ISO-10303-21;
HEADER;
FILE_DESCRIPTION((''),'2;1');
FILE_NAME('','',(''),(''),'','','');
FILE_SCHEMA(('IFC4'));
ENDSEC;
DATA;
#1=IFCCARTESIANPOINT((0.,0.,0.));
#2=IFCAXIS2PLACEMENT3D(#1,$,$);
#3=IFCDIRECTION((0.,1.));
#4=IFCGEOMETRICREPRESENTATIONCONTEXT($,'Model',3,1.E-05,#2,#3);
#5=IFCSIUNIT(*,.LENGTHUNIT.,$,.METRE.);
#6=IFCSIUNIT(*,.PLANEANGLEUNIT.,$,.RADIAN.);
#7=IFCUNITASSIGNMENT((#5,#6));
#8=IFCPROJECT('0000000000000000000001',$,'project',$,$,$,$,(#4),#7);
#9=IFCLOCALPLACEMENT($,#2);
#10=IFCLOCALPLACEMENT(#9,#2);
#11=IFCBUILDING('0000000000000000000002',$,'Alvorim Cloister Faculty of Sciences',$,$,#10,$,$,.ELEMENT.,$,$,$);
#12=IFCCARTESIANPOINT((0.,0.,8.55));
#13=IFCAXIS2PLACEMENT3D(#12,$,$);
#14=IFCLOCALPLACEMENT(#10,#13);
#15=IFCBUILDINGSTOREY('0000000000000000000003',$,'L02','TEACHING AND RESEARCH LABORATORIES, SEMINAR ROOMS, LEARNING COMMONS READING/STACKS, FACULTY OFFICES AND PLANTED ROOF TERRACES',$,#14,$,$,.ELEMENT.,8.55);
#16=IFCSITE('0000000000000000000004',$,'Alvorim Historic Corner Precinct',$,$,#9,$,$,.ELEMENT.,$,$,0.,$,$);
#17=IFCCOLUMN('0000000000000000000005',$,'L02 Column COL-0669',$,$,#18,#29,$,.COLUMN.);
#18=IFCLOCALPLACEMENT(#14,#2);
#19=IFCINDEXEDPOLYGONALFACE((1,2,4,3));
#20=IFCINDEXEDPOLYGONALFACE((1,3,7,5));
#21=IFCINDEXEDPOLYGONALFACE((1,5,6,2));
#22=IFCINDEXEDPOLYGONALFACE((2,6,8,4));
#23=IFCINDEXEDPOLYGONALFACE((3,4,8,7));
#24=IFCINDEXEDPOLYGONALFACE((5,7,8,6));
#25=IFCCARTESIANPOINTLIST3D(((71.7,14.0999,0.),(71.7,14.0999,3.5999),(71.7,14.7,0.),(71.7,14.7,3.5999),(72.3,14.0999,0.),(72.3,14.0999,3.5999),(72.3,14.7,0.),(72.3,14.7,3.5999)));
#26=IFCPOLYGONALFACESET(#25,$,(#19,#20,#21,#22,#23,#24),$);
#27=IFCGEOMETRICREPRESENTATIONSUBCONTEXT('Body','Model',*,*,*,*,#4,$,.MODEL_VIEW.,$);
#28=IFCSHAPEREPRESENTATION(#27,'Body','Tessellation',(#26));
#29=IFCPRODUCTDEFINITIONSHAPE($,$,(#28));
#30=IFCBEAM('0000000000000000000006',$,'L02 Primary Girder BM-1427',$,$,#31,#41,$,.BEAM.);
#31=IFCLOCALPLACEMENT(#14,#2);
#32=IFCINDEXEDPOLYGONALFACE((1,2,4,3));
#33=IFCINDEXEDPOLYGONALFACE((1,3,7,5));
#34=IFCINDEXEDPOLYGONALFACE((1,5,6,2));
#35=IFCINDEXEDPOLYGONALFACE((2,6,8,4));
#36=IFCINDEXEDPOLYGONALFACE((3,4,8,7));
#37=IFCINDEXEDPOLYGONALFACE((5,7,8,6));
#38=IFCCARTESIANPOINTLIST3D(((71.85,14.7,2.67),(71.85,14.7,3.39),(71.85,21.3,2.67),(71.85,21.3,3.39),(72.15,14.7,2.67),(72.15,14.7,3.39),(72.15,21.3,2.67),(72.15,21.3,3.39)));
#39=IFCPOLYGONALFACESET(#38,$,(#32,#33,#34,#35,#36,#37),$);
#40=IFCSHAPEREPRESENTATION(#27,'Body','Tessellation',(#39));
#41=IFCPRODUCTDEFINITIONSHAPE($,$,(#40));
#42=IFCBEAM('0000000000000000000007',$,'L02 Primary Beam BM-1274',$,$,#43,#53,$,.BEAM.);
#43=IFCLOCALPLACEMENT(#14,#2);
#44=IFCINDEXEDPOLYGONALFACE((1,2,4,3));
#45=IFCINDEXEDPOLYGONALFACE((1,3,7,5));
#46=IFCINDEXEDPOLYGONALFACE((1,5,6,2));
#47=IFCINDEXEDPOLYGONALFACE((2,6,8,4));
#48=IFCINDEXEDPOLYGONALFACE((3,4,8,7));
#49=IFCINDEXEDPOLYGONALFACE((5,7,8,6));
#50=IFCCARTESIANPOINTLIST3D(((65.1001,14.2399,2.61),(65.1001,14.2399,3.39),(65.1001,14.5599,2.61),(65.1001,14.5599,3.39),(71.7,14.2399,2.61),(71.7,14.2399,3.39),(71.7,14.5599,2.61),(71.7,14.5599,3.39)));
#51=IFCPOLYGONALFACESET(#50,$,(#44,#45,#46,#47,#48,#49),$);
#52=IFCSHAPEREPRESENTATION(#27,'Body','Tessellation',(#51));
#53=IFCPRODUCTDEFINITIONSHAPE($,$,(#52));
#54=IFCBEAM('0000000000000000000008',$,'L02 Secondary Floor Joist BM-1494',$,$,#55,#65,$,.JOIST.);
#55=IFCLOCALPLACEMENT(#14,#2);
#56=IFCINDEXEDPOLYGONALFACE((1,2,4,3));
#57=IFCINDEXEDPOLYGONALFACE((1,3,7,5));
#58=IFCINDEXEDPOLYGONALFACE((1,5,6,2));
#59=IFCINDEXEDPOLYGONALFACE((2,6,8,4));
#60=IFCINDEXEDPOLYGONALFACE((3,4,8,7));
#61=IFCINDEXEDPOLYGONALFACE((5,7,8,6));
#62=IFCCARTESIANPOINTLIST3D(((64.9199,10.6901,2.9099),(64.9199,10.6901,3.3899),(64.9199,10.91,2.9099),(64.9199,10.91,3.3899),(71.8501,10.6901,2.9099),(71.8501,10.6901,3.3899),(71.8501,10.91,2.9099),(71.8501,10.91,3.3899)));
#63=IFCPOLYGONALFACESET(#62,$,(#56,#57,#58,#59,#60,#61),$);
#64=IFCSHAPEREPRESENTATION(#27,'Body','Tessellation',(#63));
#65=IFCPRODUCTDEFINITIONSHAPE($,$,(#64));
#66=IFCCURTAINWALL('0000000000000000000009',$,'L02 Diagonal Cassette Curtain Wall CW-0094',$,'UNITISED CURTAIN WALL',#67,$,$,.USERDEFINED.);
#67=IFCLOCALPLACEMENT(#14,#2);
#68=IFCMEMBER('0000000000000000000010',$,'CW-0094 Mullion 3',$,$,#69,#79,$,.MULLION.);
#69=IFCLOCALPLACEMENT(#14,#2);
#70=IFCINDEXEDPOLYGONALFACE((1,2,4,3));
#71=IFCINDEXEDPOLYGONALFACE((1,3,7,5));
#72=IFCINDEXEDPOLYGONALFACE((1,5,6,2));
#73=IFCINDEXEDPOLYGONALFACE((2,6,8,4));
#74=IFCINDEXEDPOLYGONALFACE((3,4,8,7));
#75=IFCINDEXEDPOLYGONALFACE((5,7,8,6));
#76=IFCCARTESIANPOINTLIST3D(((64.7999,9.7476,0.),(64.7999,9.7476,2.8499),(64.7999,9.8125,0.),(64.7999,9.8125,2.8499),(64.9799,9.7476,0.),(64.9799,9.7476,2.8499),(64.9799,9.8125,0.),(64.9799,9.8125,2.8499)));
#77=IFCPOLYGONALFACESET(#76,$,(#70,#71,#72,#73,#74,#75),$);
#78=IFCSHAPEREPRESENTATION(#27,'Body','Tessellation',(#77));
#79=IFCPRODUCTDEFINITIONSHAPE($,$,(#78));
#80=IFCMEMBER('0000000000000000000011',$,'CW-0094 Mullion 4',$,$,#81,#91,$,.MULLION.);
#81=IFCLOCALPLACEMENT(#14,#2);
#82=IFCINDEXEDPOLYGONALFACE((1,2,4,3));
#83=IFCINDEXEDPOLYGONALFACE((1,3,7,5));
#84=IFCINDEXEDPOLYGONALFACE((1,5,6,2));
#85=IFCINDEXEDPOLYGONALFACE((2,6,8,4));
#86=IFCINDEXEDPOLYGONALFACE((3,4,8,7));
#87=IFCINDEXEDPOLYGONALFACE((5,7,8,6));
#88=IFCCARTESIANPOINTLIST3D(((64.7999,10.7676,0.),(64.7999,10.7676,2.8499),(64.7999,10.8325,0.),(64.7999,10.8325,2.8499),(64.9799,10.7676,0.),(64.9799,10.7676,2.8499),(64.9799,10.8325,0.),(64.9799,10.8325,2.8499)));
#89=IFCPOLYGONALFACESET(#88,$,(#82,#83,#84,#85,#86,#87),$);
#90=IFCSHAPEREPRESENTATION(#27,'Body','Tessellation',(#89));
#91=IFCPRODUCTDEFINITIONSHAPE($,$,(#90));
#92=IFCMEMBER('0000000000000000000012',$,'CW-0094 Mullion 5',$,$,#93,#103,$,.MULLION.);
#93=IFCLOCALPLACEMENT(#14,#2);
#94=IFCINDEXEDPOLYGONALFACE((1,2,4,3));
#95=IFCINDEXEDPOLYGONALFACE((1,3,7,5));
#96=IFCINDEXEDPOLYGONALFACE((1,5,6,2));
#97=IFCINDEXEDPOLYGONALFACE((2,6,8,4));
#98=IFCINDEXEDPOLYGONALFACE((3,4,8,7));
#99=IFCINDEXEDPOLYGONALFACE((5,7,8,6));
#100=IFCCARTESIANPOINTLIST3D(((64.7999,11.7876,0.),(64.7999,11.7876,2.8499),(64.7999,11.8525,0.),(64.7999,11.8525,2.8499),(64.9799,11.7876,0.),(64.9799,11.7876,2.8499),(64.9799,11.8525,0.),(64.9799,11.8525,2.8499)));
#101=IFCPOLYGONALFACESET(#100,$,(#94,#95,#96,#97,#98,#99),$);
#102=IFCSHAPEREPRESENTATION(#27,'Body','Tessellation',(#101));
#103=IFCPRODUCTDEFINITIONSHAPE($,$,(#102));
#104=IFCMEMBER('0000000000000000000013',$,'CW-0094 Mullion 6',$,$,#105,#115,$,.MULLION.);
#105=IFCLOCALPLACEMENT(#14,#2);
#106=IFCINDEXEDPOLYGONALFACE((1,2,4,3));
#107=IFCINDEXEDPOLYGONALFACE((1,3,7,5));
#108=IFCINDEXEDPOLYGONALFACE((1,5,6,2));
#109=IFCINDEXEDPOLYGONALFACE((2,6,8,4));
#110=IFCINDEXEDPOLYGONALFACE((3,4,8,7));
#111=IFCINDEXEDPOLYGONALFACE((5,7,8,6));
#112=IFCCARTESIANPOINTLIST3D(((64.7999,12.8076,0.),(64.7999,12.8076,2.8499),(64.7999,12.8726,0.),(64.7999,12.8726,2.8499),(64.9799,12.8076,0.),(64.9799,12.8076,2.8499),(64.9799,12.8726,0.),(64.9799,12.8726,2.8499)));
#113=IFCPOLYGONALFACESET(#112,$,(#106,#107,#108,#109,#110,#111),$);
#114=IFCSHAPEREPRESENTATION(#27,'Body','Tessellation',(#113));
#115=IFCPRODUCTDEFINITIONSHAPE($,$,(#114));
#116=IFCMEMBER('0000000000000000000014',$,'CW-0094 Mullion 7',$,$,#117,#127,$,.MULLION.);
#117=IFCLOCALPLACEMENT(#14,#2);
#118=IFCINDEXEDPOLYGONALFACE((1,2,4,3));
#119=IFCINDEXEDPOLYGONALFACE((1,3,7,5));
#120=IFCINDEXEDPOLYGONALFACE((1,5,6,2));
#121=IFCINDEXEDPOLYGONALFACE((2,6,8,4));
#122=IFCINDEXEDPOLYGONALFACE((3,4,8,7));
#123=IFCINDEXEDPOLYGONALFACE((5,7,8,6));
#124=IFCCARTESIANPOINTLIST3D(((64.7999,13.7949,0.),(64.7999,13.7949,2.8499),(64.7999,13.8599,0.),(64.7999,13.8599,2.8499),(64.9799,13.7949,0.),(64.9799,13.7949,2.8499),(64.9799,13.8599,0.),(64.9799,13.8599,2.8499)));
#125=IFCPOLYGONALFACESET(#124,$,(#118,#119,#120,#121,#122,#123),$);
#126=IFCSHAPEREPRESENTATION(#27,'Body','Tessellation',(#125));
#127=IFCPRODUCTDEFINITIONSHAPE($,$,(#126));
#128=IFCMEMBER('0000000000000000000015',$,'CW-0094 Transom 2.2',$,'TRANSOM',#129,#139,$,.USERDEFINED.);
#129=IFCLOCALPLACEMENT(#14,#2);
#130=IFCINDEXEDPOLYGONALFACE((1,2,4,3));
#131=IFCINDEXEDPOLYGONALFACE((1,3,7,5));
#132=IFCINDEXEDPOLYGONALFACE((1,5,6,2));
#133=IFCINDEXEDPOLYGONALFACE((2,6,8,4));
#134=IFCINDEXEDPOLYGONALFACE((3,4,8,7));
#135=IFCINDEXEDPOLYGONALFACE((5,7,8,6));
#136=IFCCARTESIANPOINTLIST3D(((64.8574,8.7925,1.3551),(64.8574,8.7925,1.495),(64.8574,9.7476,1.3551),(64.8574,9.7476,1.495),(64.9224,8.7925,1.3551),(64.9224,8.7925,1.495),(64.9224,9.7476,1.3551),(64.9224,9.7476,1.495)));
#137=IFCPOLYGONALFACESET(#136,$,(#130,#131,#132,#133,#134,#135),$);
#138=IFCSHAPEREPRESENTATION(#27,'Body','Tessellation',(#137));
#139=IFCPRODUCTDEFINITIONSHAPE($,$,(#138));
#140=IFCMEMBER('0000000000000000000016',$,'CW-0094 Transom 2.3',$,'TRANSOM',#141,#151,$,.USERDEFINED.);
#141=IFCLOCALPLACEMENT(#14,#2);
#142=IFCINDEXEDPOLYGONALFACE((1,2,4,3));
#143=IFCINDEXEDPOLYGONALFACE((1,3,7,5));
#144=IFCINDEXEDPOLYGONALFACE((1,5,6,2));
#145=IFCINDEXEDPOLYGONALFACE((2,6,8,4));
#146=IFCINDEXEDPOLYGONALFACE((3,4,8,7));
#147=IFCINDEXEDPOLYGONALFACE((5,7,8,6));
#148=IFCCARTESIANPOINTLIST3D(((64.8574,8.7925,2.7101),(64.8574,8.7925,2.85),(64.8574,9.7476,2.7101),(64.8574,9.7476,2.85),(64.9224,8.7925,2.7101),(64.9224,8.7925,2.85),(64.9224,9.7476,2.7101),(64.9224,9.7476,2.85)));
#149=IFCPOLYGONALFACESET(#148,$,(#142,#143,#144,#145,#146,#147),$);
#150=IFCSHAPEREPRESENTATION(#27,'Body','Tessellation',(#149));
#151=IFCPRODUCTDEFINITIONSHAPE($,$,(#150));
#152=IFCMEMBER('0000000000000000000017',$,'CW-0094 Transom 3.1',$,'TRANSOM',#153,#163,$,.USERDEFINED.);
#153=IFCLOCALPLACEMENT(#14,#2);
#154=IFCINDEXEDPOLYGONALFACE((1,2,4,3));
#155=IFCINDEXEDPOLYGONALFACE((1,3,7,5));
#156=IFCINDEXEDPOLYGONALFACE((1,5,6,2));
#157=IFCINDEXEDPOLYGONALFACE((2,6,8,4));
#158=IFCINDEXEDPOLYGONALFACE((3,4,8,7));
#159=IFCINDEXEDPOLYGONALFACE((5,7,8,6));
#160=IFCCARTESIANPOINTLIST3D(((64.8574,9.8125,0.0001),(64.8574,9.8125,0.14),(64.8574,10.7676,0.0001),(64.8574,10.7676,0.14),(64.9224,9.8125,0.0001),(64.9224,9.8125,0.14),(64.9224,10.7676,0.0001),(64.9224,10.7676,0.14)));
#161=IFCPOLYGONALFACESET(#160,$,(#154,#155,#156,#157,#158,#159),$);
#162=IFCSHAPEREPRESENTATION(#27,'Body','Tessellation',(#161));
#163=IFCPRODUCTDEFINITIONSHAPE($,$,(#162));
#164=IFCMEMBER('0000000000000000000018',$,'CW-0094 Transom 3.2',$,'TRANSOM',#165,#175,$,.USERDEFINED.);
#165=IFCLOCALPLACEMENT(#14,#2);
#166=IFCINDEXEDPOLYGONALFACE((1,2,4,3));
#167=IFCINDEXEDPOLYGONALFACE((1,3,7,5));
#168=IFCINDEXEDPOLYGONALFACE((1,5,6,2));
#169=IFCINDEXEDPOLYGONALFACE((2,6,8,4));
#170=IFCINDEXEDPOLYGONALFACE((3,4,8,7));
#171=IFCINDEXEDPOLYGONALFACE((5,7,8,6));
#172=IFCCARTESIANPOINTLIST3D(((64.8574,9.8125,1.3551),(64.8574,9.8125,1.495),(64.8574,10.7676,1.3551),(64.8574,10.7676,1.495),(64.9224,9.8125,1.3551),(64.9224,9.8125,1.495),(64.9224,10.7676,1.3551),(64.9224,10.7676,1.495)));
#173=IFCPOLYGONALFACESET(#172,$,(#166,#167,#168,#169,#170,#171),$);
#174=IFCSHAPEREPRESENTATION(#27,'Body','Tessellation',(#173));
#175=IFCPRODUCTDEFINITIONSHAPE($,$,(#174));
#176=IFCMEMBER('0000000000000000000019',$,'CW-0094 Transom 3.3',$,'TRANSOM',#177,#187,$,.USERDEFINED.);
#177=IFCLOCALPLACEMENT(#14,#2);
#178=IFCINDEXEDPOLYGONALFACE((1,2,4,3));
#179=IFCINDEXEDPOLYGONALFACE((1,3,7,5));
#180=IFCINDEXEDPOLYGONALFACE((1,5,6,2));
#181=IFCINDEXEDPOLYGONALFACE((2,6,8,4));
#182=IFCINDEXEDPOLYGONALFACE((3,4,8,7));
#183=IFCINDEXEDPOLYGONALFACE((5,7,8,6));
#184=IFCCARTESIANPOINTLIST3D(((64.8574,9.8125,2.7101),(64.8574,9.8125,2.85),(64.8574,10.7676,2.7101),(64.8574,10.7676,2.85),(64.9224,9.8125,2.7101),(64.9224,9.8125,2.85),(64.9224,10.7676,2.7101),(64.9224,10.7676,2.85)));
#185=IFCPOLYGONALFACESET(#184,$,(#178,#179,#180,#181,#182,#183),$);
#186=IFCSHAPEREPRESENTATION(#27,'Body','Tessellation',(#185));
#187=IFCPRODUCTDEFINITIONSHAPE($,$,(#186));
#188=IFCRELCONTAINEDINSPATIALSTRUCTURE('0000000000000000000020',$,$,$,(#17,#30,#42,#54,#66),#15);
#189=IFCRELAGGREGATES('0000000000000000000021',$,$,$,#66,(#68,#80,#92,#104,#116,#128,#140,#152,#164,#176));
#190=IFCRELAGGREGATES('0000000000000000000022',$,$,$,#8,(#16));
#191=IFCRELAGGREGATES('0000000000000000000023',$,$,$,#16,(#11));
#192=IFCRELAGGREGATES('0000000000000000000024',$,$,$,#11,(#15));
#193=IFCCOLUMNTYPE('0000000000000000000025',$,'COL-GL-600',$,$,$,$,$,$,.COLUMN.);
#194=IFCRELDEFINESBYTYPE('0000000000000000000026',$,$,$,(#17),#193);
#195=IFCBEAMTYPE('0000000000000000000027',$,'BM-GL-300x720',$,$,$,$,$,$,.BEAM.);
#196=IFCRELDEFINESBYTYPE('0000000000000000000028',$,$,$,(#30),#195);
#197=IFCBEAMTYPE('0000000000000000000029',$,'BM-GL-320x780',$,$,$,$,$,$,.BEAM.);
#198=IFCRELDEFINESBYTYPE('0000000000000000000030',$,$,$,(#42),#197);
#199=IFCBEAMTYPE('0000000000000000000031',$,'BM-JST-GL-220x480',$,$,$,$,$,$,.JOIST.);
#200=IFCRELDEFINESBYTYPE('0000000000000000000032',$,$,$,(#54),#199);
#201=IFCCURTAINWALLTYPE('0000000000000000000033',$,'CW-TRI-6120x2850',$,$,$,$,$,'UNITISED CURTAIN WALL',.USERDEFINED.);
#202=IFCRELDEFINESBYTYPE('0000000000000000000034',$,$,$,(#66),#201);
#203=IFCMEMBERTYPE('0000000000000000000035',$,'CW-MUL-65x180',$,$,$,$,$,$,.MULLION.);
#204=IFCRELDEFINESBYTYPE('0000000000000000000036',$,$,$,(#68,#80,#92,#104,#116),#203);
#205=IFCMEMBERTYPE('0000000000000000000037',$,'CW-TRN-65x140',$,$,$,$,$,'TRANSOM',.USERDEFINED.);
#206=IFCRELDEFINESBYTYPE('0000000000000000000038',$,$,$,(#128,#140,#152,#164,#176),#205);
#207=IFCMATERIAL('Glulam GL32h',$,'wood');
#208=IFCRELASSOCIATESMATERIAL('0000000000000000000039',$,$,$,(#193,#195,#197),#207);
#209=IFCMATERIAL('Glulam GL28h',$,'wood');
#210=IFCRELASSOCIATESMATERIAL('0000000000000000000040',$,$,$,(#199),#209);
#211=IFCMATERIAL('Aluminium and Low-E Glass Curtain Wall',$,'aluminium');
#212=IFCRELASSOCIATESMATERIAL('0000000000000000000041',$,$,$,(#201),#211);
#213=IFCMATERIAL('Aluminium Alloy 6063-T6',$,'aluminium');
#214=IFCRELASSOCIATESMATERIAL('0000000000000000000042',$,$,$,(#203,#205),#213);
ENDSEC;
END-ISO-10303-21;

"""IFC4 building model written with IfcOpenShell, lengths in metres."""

from ifc_helpers import new_model, si_unit, direction, frame, origin, origin_2d, place, context, subcontext, project, spatial, rectangle, extrude, material, material_profile, profile_set, type_object, element, aggregate, save


model = new_model("IFC4")

# Units and contexts
model_context = context("Model", 3, precision=1e-05, world=origin(), true_north=direction((0.0, 1.0)))
body_context = subcontext(model_context, "Body", "Model", "MODEL_VIEW")
ifc_project = project(units=[si_unit("LENGTHUNIT", "METRE"), si_unit("PLANEANGLEUNIT", "RADIAN")], contexts=[model_context])

# Site, building, storey
site_placement = place(None, origin())
site = spatial("IfcSite", under=ifc_project, at=site_placement, Name="Alvorim Historic Corner Precinct", CompositionType="ELEMENT", RefElevation=0.0)
building_placement = place(site_placement, origin())
building = spatial("IfcBuilding", under=site, at=building_placement, Name="Alvorim Cloister Faculty of Sciences", CompositionType="ELEMENT")
storey_placement = place(building_placement, frame((0.0, 0.0, 8.55)))
storey = spatial("IfcBuildingStorey", under=building, at=storey_placement, Name="L02", Description="TEACHING AND RESEARCH LABORATORIES, SEMINAR ROOMS, LEARNING COMMONS READING/STACKS, FACULTY OFFICES AND PLANTED ROOF TERRACES", CompositionType="ELEMENT", Elevation=8.55)

# Column
ifc_material_1 = material(Name="Glulam GL32h", Category="wood")
ifc_material_profile_1 = material_profile(ifc_material_1, rectangle(XDim=0.6001, YDim=0.6001, at=origin_2d()), Name="GL32-COL-600x600")
ifc_profile_set_1 = profile_set([ifc_material_profile_1], Name="Glulam GL32h")
column_type = type_object("IfcColumnType", Name="COL-GL-600", PredefinedType="COLUMN", material=ifc_profile_set_1)
column_placement = place(storey_placement, frame((72.0, 14.3999, 0.0), z_axis=(0.0, 0.0, 1.0), x_axis=(1.0, 0.0, 0.0)))
element("IfcColumn", 1, at=column_placement, inside=storey, type_object=column_type, Name="L02 Column COL-0669", PredefinedType="COLUMN", context=body_context, shape_type="SweptSolid", body=[
    extrude(rectangle(XDim=0.6001, YDim=0.6001, at=origin_2d()), origin(), (0.0, 0.0, 1.0), 3.5999),
])

# Beams
ifc_material_profile_2 = material_profile(ifc_material_1, rectangle(XDim=0.3, YDim=0.72, at=origin_2d()), Name="GL32-BM-300x720")
ifc_profile_set_2 = profile_set([ifc_material_profile_2], Name="Glulam GL32h")
beam_type_1 = type_object("IfcBeamType", Name="BM-GL-300x720", PredefinedType="BEAM", material=ifc_profile_set_2)
beam_1_placement = place(storey_placement, frame((72.0, 14.7, 3.03), z_axis=(0.0, 1.0, 0.0), x_axis=(-1.0, 0.0, 0.0)))
element("IfcBeam", 2, at=beam_1_placement, inside=storey, type_object=beam_type_1, Name="L02 Primary Girder BM-1427", PredefinedType="BEAM", context=body_context, shape_type="SweptSolid", body=[
    extrude(rectangle(XDim=0.3, YDim=0.72, at=origin_2d()), origin(), (0.0, 0.0, 1.0), 6.6001),
])
ifc_material_profile_3 = material_profile(ifc_material_1, rectangle(XDim=0.3201, YDim=0.78, at=origin_2d()), Name="GL32-BM-320x780")
ifc_profile_set_3 = profile_set([ifc_material_profile_3], Name="Glulam GL32h")
beam_type_2 = type_object("IfcBeamType", Name="BM-GL-320x780", PredefinedType="BEAM", material=ifc_profile_set_3)
beam_2_placement = place(storey_placement, frame((65.1001, 14.3999, 3.0), z_axis=(1.0, 0.0, 0.0), x_axis=(0.0, 1.0, 0.0)))
element("IfcBeam", 3, at=beam_2_placement, inside=storey, type_object=beam_type_2, Name="L02 Primary Beam BM-1274", PredefinedType="BEAM", context=body_context, shape_type="SweptSolid", body=[
    extrude(rectangle(XDim=0.3201, YDim=0.78, at=origin_2d()), origin(), (0.0, 0.0, 1.0), 6.5999),
])
ifc_material_2 = material(Name="Glulam GL28h", Category="wood")
ifc_material_profile_4 = material_profile(ifc_material_2, rectangle(XDim=0.22, YDim=0.48, at=origin_2d()), Name="GL28-JST-220x480")
ifc_profile_set_4 = profile_set([ifc_material_profile_4], Name="Glulam GL28h")
beam_type_3 = type_object("IfcBeamType", Name="BM-JST-GL-220x480", PredefinedType="JOIST", material=ifc_profile_set_4)
beam_3_placement = place(storey_placement, frame((64.9199, 10.8, 3.1499), z_axis=(1.0, 0.0, 0.0), x_axis=(0.0, 1.0, 0.0)))
element("IfcBeam", 4, at=beam_3_placement, inside=storey, type_object=beam_type_3, Name="L02 Secondary Floor Joist BM-1494", PredefinedType="JOIST", context=body_context, shape_type="SweptSolid", body=[
    extrude(rectangle(XDim=0.22, YDim=0.48, at=origin_2d()), origin(), (0.0, 0.0, 1.0), 6.9302),
])

# Curtain wall, members
ifc_material_3 = material(Name="Aluminium and Low-E Glass Curtain Wall", Category="aluminium")
curtain_wall_type = type_object("IfcCurtainWallType", Name="CW-TRI-6120x2850", ElementType="UNITISED CURTAIN WALL", PredefinedType="USERDEFINED", material=ifc_material_3)
curtain_wall_placement = place(storey_placement, origin())
curtain_wall = element("IfcCurtainWall", 5, at=curtain_wall_placement, inside=storey, type_object=curtain_wall_type, Name="L02 Diagonal Cassette Curtain Wall CW-0094", ObjectType="UNITISED CURTAIN WALL", PredefinedType="USERDEFINED")
ifc_material_4 = material(Name="Aluminium Alloy 6063-T6", Category="aluminium")
ifc_material_profile_5 = material_profile(ifc_material_4, rectangle(XDim=0.0649, YDim=0.1799, at=origin_2d()), Name="ALU-MUL-65x180")
ifc_profile_set_5 = profile_set([ifc_material_profile_5], Name="Aluminium Alloy 6063-T6")
member_type_1 = type_object("IfcMemberType", Name="CW-MUL-65x180", PredefinedType="MULLION", material=ifc_profile_set_5)
member_1_placement = place(storey_placement, frame((64.8899, 9.78, 0.0), z_axis=(0.0, 0.0, 1.0), x_axis=(0.0, 1.0, 0.0)))
member_1 = element("IfcMember", 6, at=member_1_placement, type_object=member_type_1, Name="CW-0094 Mullion 3", PredefinedType="MULLION", context=body_context, shape_type="SweptSolid", body=[
    extrude(rectangle(XDim=0.0649, YDim=0.1799, at=origin_2d()), origin(), (0.0, 0.0, 1.0), 2.8499),
])
member_2_placement = place(storey_placement, frame((64.8899, 10.8, 0.0), z_axis=(0.0, 0.0, 1.0), x_axis=(0.0, 1.0, 0.0)))
member_2 = element("IfcMember", 7, at=member_2_placement, type_object=member_type_1, Name="CW-0094 Mullion 4", PredefinedType="MULLION", context=body_context, shape_type="SweptSolid", body=[
    extrude(rectangle(XDim=0.0649, YDim=0.1799, at=origin_2d()), origin(), (0.0, 0.0, 1.0), 2.8499),
])
member_3_placement = place(storey_placement, frame((64.8899, 11.8201, 0.0), z_axis=(0.0, 0.0, 1.0), x_axis=(0.0, 1.0, 0.0)))
member_3 = element("IfcMember", 8, at=member_3_placement, type_object=member_type_1, Name="CW-0094 Mullion 5", PredefinedType="MULLION", context=body_context, shape_type="SweptSolid", body=[
    extrude(rectangle(XDim=0.0649, YDim=0.1799, at=origin_2d()), origin(), (0.0, 0.0, 1.0), 2.8499),
])
member_4_placement = place(storey_placement, frame((64.8899, 12.8401, 0.0), z_axis=(0.0, 0.0, 1.0), x_axis=(0.0, 1.0, 0.0)))
member_4 = element("IfcMember", 9, at=member_4_placement, type_object=member_type_1, Name="CW-0094 Mullion 6", PredefinedType="MULLION", context=body_context, shape_type="SweptSolid", body=[
    extrude(rectangle(XDim=0.0649, YDim=0.1799, at=origin_2d()), origin(), (0.0, 0.0, 1.0), 2.8499),
])
member_5_placement = place(storey_placement, frame((64.8899, 13.8274, 0.0), z_axis=(0.0, 0.0, 1.0), x_axis=(0.0, 1.0, 0.0)))
member_5 = element("IfcMember", 10, at=member_5_placement, type_object=member_type_1, Name="CW-0094 Mullion 7", PredefinedType="MULLION", context=body_context, shape_type="SweptSolid", body=[
    extrude(rectangle(XDim=0.0649, YDim=0.1799, at=origin_2d()), origin(), (0.0, 0.0, 1.0), 2.8499),
])
ifc_material_profile_6 = material_profile(ifc_material_4, rectangle(XDim=0.0649, YDim=0.1399, at=origin_2d()), Name="ALU-TRN-65x140")
ifc_profile_set_6 = profile_set([ifc_material_profile_6], Name="Aluminium Alloy 6063-T6")
member_type_2 = type_object("IfcMemberType", Name="CW-TRN-65x140", ElementType="TRANSOM", PredefinedType="USERDEFINED", material=ifc_profile_set_6)
member_6_placement = place(storey_placement, frame((64.8899, 8.7925, 1.425), z_axis=(0.0, 1.0, 0.0), x_axis=(-1.0, 0.0, 0.0)))
member_6 = element("IfcMember", 11, at=member_6_placement, type_object=member_type_2, Name="CW-0094 Transom 2.2", ObjectType="TRANSOM", PredefinedType="USERDEFINED", context=body_context, shape_type="SweptSolid", body=[
    extrude(rectangle(XDim=0.0649, YDim=0.1399, at=origin_2d()), origin(), (0.0, 0.0, 1.0), 0.9551),
])
member_7_placement = place(storey_placement, frame((64.8899, 8.7925, 2.78), z_axis=(0.0, 1.0, 0.0), x_axis=(-1.0, 0.0, 0.0)))
member_7 = element("IfcMember", 12, at=member_7_placement, type_object=member_type_2, Name="CW-0094 Transom 2.3", ObjectType="TRANSOM", PredefinedType="USERDEFINED", context=body_context, shape_type="SweptSolid", body=[
    extrude(rectangle(XDim=0.0649, YDim=0.1399, at=origin_2d()), origin(), (0.0, 0.0, 1.0), 0.9551),
])
member_8_placement = place(storey_placement, frame((64.8899, 9.8125, 0.0701), z_axis=(0.0, 1.0, 0.0), x_axis=(-1.0, 0.0, 0.0)))
member_8 = element("IfcMember", 13, at=member_8_placement, type_object=member_type_2, Name="CW-0094 Transom 3.1", ObjectType="TRANSOM", PredefinedType="USERDEFINED", context=body_context, shape_type="SweptSolid", body=[
    extrude(rectangle(XDim=0.0649, YDim=0.1399, at=origin_2d()), origin(), (0.0, 0.0, 1.0), 0.9551),
])
member_9_placement = place(storey_placement, frame((64.8899, 9.8125, 1.425), z_axis=(0.0, 1.0, 0.0), x_axis=(-1.0, 0.0, 0.0)))
member_9 = element("IfcMember", 14, at=member_9_placement, type_object=member_type_2, Name="CW-0094 Transom 3.2", ObjectType="TRANSOM", PredefinedType="USERDEFINED", context=body_context, shape_type="SweptSolid", body=[
    extrude(rectangle(XDim=0.0649, YDim=0.1399, at=origin_2d()), origin(), (0.0, 0.0, 1.0), 0.9551),
])
member_10_placement = place(storey_placement, frame((64.8899, 9.8125, 2.78), z_axis=(0.0, 1.0, 0.0), x_axis=(-1.0, 0.0, 0.0)))
member_10 = element("IfcMember", 15, at=member_10_placement, type_object=member_type_2, Name="CW-0094 Transom 3.3", ObjectType="TRANSOM", PredefinedType="USERDEFINED", context=body_context, shape_type="SweptSolid", body=[
    extrude(rectangle(XDim=0.0649, YDim=0.1399, at=origin_2d()), origin(), (0.0, 0.0, 1.0), 0.9551),
])
aggregate(curtain_wall, [member_1, member_2, member_3, member_4, member_5, member_6, member_7, member_8, member_9, member_10])

save(model, "model.ifc")
